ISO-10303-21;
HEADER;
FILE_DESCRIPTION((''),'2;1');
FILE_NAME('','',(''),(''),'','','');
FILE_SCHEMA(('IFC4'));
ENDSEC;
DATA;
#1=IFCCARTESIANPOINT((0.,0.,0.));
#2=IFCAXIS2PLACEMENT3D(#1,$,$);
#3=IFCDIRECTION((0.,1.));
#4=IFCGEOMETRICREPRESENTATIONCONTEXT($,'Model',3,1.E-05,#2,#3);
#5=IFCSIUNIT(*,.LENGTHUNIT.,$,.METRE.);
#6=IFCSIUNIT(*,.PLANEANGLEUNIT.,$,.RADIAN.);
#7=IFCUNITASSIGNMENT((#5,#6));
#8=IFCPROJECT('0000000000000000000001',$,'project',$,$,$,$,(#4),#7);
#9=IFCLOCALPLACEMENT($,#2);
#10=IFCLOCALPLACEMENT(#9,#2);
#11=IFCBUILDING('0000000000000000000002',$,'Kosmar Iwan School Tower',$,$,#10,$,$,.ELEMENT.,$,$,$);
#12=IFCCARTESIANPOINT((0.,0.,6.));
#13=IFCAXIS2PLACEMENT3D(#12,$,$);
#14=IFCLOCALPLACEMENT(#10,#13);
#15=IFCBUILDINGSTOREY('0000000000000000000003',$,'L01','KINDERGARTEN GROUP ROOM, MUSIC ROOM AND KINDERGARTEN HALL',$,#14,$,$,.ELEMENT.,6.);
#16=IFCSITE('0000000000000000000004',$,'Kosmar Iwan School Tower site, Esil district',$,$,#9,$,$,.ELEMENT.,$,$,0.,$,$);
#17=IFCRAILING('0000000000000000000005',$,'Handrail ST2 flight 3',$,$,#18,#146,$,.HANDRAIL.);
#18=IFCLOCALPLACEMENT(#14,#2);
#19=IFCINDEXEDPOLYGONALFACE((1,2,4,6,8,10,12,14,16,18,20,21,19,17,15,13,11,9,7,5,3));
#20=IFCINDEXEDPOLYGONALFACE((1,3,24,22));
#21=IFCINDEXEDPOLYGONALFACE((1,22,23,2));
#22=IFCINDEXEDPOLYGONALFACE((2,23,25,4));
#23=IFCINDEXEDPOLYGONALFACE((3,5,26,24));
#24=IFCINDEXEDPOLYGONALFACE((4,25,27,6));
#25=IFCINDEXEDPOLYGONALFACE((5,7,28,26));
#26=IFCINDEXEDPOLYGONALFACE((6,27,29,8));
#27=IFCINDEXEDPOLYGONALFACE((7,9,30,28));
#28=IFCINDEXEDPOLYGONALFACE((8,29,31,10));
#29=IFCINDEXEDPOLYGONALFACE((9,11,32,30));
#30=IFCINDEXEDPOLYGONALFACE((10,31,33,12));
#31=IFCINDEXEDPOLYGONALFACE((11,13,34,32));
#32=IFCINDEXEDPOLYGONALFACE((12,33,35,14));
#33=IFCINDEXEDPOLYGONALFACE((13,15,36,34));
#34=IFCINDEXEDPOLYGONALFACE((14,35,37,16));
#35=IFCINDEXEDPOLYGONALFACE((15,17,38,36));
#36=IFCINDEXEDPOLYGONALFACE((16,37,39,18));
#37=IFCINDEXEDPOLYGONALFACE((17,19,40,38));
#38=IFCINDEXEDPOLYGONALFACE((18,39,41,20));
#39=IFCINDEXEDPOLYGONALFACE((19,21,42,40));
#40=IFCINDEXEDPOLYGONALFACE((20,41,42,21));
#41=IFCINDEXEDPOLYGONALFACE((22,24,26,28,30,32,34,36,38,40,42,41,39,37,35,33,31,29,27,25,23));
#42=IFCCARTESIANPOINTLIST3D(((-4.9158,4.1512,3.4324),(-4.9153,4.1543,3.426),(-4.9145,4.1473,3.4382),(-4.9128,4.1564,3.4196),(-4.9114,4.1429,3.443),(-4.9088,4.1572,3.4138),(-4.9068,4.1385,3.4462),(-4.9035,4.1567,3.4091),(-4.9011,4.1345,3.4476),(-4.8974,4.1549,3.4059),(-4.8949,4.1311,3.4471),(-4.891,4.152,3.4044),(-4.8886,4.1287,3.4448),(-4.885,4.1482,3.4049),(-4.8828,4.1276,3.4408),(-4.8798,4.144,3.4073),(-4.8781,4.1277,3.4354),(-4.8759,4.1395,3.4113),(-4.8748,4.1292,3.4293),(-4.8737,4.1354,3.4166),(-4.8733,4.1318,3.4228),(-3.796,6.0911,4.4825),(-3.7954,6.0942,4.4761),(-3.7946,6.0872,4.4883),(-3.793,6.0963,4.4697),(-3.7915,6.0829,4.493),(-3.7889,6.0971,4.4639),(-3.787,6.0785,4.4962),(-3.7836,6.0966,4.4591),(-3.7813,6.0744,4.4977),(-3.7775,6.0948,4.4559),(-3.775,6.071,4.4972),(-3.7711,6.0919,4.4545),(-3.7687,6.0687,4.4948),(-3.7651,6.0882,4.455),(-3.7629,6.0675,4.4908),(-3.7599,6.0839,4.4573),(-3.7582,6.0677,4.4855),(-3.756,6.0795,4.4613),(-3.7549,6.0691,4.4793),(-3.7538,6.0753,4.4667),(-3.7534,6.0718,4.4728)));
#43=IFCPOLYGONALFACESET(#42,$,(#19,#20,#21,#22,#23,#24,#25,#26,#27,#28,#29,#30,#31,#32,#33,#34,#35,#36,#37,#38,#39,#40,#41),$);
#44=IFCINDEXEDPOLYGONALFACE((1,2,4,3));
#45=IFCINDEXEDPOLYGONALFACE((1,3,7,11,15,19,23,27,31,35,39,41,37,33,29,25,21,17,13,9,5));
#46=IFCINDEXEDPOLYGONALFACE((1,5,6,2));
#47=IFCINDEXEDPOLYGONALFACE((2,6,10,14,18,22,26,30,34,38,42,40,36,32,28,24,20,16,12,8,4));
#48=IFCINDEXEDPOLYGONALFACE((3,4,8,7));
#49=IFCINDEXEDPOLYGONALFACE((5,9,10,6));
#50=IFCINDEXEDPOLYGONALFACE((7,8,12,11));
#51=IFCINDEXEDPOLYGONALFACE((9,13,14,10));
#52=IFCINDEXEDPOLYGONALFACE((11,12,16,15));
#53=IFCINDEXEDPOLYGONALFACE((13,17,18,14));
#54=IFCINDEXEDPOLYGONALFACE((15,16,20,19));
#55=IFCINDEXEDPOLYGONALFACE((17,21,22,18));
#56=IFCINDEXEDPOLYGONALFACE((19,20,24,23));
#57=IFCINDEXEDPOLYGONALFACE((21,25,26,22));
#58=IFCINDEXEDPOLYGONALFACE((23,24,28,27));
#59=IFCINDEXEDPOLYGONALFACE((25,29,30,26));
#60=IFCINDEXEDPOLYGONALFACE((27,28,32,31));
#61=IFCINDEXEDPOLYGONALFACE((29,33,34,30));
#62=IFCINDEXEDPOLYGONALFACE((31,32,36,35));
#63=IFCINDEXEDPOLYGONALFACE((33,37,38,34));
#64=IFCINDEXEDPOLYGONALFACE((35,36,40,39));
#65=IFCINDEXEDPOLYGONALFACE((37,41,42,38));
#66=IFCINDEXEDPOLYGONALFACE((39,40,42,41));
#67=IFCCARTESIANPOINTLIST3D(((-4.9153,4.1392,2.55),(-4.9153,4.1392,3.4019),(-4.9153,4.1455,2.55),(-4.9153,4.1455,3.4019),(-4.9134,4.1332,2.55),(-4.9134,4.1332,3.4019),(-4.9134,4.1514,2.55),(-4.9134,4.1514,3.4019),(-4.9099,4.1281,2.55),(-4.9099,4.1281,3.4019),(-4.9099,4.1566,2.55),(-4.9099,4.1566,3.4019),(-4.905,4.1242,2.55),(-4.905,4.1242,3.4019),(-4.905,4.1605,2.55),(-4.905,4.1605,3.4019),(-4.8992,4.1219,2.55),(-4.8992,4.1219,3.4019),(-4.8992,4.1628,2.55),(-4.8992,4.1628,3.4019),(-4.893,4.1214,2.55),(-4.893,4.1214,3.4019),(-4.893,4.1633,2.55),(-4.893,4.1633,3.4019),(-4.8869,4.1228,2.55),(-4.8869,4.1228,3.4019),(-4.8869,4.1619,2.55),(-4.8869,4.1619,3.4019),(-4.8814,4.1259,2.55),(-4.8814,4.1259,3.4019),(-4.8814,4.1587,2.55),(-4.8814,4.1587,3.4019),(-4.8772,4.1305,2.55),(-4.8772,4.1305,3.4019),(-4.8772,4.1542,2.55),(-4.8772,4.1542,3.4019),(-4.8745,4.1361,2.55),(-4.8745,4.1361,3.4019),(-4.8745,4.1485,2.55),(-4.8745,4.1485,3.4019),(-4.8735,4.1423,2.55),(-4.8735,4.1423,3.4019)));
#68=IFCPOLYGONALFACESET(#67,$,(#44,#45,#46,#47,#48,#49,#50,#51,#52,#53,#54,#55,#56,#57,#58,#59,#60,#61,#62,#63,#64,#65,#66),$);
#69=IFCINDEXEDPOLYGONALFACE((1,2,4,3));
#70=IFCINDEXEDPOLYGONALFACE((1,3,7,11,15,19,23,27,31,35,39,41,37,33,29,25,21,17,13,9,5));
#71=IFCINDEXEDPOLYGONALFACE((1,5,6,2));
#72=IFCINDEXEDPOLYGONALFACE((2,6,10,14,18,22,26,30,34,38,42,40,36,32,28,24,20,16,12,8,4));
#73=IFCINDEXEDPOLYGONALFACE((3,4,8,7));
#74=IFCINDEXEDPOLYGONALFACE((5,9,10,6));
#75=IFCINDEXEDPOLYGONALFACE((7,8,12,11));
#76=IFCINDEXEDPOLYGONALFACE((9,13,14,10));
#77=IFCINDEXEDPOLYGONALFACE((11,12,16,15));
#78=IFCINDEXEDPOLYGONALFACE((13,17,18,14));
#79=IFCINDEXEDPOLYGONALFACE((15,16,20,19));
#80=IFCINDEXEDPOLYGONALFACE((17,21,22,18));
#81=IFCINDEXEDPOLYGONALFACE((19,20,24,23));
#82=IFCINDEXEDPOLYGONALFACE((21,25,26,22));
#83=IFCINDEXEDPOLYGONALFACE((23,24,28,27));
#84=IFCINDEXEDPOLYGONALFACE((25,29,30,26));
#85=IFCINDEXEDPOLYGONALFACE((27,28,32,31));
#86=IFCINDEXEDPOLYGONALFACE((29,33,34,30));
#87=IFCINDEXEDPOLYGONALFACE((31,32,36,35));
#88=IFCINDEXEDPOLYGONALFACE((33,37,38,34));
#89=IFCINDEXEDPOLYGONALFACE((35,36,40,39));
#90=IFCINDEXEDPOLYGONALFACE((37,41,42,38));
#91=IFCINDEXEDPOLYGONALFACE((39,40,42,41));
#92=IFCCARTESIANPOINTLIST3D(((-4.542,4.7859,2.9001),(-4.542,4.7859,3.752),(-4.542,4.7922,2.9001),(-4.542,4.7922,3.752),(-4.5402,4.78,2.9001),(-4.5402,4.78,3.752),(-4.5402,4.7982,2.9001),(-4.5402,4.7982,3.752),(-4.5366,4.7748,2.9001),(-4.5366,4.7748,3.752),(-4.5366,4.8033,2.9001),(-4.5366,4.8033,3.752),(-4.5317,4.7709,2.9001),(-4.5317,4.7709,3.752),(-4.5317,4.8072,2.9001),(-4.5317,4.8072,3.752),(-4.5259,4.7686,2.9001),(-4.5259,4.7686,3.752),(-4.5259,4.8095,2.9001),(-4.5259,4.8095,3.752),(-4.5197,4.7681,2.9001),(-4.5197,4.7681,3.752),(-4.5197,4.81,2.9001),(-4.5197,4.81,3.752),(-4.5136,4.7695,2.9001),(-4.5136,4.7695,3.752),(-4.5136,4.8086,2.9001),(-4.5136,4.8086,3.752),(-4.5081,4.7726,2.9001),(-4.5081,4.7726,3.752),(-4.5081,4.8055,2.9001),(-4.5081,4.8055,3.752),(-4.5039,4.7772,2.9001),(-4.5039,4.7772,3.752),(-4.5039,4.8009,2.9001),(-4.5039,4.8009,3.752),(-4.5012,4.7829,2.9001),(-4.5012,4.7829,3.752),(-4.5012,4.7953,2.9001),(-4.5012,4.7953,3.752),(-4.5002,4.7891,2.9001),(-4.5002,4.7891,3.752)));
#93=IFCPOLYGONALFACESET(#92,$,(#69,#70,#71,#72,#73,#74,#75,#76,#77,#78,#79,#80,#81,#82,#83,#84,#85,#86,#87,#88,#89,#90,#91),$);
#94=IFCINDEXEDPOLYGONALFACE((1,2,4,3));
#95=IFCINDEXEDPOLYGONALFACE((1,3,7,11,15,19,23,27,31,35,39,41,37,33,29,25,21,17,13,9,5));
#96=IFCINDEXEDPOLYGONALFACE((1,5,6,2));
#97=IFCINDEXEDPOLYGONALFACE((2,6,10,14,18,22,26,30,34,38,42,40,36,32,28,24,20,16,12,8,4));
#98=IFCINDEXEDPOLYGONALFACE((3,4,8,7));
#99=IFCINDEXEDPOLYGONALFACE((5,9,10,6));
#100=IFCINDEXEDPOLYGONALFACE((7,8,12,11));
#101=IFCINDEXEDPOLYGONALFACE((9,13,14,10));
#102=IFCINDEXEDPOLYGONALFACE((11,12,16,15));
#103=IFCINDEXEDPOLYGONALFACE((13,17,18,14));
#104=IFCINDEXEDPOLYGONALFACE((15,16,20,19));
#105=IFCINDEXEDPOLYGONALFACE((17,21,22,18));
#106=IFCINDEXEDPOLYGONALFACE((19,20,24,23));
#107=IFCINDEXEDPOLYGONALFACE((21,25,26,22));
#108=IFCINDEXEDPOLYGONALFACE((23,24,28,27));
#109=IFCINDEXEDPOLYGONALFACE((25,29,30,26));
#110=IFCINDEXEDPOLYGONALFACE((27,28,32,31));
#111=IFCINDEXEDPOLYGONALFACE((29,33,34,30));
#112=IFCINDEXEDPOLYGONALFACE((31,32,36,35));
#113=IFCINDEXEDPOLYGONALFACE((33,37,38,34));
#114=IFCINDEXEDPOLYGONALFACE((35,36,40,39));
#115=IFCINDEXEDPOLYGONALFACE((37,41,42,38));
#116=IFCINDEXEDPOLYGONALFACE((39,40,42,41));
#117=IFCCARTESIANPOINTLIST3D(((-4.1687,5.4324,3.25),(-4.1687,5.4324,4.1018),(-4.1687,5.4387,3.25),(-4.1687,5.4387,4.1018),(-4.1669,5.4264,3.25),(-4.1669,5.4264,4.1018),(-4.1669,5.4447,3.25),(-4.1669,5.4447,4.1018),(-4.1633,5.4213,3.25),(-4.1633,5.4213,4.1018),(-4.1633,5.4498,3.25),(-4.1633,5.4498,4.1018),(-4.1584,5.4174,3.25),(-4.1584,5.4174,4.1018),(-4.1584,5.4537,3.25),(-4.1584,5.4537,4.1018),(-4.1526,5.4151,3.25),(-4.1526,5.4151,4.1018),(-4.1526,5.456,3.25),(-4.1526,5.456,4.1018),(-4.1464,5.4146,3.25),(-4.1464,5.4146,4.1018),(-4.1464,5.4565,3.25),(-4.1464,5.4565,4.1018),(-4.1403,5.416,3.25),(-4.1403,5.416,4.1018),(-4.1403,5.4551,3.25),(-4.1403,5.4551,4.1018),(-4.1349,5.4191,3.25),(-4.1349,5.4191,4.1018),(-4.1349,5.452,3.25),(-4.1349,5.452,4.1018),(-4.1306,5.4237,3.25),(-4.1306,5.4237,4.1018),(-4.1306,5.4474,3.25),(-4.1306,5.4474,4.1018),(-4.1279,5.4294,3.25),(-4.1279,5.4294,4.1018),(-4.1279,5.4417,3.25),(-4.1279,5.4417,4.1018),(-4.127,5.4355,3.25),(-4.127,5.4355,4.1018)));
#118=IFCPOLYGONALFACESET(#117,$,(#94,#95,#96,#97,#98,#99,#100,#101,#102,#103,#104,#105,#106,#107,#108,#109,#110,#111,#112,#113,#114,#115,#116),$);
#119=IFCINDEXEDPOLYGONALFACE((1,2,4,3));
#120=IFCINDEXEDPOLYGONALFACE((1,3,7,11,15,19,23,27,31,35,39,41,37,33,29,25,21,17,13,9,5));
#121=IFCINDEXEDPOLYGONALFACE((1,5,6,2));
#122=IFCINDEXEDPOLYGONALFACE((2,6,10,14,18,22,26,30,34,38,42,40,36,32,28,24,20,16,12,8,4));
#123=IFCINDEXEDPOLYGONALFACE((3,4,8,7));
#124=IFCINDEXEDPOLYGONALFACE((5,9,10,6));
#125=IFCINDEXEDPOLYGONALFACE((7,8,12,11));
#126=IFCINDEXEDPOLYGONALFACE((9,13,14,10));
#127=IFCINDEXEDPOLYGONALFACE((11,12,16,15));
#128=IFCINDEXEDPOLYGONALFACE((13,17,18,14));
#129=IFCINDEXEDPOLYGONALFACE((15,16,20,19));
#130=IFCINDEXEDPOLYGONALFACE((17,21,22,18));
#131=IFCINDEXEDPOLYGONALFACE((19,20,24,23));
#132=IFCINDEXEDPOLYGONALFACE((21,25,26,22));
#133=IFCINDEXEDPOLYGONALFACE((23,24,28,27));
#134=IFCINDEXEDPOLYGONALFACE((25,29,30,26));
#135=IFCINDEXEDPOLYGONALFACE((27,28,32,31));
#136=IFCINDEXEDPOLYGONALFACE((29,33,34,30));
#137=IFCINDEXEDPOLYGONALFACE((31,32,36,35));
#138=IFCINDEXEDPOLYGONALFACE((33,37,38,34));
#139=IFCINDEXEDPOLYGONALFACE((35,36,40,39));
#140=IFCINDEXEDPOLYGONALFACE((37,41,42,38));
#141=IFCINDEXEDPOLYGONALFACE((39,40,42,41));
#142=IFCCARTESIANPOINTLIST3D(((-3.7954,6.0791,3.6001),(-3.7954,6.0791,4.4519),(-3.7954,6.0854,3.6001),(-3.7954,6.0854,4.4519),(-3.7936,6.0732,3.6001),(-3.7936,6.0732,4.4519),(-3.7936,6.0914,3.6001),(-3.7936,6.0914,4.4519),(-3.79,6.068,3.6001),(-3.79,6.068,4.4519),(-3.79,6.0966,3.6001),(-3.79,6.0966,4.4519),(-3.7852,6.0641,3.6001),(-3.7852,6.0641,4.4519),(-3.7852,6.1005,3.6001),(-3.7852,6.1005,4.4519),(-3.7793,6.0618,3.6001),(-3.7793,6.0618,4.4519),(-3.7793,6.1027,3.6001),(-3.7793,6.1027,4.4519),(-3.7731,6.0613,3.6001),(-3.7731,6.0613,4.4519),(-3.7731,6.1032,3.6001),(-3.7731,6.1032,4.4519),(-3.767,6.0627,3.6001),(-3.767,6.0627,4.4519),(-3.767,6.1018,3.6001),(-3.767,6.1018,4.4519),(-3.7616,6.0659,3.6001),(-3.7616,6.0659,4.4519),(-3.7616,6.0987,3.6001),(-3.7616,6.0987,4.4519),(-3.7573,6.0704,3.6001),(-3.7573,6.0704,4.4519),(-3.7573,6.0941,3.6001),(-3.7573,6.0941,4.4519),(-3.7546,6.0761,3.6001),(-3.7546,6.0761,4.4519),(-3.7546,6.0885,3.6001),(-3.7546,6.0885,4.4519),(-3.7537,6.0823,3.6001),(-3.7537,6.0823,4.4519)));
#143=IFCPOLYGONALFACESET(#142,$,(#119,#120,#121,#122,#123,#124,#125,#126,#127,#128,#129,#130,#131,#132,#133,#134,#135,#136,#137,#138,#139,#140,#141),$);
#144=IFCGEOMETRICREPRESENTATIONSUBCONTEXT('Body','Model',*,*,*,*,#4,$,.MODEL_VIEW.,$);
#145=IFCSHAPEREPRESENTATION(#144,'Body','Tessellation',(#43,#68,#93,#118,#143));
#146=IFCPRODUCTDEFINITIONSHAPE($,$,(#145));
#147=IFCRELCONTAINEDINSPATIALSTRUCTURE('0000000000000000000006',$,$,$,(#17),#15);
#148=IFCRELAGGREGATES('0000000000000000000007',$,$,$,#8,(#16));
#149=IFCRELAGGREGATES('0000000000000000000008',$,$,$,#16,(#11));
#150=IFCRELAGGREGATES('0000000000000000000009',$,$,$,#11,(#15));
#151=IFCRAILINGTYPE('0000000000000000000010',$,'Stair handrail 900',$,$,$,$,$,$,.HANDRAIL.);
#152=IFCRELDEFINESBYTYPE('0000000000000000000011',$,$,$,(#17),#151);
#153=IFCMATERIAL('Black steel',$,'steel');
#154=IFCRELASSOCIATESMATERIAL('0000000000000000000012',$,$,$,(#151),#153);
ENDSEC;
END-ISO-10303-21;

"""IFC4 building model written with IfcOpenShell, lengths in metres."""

from ifc_helpers import new_model, si_unit, direction, frame, origin, origin_2d, place, context, subcontext, project, spatial, circle, extrude, material, type_object, element, save


model = new_model("IFC4")

# Units and contexts
model_context = context("Model", 3, precision=1e-05, world=origin(), true_north=direction((0.0, 1.0)))
body_context = subcontext(model_context, "Body", "Model", "MODEL_VIEW")
ifc_project = project(units=[si_unit("LENGTHUNIT", "METRE"), si_unit("PLANEANGLEUNIT", "RADIAN")], contexts=[model_context])

# Site, building, storey
site_placement = place(None, origin())
site = spatial("IfcSite", under=ifc_project, at=site_placement, Name="Kosmar Iwan School Tower site, Esil district", CompositionType="ELEMENT", RefElevation=0.0)
building_placement = place(site_placement, origin())
building = spatial("IfcBuilding", under=site, at=building_placement, Name="Kosmar Iwan School Tower", CompositionType="ELEMENT")
storey_placement = place(building_placement, frame((0.0, 0.0, 6.0)))
storey = spatial("IfcBuildingStorey", under=building, at=storey_placement, Name="L01", Description="KINDERGARTEN GROUP ROOM, MUSIC ROOM AND KINDERGARTEN HALL", CompositionType="ELEMENT", Elevation=6.0)

# Railing
ifc_material_1 = material(Name="Black steel", Category="steel")
railing_type = type_object("IfcRailingType", Name="Stair handrail 900", PredefinedType="HANDRAIL", material=ifc_material_1)
railing_1_placement = place(storey_placement, frame((-4.8945, 4.1423, 2.55)))
element("IfcRailing", 1, at=railing_1_placement, inside=storey, type_object=railing_type, Name="Handrail ST2 flight 3", PredefinedType="HANDRAIL", context=body_context, shape_type="SweptSolid", body=[
    extrude(circle(Radius=0.0239, at=origin_2d()), frame((0.0, 0.0, 0.876), z_axis=(0.452678, 0.784169, 0.424454), x_axis=(-0.866055, 0.499949, 0.0)), (0.0, 0.0, 1.0), 2.4739),
    extrude(circle(Radius=0.021, at=origin_2d()), origin(), (0.0, 0.0, 1.0), 0.8518),
    extrude(circle(Radius=0.021, at=origin_2d()), frame((0.3733, 0.6467, 0.3501)), (0.0, 0.0, 1.0), 0.8518),
    extrude(circle(Radius=0.021, at=origin_2d()), frame((0.7466, 1.2932, 0.7)), (0.0, 0.0, 1.0), 0.8518),
    extrude(circle(Radius=0.021, at=origin_2d()), frame((1.1199, 1.9399, 1.05)), (0.0, 0.0, 1.0), 0.8518),
])

save(model, "model.ifc")
